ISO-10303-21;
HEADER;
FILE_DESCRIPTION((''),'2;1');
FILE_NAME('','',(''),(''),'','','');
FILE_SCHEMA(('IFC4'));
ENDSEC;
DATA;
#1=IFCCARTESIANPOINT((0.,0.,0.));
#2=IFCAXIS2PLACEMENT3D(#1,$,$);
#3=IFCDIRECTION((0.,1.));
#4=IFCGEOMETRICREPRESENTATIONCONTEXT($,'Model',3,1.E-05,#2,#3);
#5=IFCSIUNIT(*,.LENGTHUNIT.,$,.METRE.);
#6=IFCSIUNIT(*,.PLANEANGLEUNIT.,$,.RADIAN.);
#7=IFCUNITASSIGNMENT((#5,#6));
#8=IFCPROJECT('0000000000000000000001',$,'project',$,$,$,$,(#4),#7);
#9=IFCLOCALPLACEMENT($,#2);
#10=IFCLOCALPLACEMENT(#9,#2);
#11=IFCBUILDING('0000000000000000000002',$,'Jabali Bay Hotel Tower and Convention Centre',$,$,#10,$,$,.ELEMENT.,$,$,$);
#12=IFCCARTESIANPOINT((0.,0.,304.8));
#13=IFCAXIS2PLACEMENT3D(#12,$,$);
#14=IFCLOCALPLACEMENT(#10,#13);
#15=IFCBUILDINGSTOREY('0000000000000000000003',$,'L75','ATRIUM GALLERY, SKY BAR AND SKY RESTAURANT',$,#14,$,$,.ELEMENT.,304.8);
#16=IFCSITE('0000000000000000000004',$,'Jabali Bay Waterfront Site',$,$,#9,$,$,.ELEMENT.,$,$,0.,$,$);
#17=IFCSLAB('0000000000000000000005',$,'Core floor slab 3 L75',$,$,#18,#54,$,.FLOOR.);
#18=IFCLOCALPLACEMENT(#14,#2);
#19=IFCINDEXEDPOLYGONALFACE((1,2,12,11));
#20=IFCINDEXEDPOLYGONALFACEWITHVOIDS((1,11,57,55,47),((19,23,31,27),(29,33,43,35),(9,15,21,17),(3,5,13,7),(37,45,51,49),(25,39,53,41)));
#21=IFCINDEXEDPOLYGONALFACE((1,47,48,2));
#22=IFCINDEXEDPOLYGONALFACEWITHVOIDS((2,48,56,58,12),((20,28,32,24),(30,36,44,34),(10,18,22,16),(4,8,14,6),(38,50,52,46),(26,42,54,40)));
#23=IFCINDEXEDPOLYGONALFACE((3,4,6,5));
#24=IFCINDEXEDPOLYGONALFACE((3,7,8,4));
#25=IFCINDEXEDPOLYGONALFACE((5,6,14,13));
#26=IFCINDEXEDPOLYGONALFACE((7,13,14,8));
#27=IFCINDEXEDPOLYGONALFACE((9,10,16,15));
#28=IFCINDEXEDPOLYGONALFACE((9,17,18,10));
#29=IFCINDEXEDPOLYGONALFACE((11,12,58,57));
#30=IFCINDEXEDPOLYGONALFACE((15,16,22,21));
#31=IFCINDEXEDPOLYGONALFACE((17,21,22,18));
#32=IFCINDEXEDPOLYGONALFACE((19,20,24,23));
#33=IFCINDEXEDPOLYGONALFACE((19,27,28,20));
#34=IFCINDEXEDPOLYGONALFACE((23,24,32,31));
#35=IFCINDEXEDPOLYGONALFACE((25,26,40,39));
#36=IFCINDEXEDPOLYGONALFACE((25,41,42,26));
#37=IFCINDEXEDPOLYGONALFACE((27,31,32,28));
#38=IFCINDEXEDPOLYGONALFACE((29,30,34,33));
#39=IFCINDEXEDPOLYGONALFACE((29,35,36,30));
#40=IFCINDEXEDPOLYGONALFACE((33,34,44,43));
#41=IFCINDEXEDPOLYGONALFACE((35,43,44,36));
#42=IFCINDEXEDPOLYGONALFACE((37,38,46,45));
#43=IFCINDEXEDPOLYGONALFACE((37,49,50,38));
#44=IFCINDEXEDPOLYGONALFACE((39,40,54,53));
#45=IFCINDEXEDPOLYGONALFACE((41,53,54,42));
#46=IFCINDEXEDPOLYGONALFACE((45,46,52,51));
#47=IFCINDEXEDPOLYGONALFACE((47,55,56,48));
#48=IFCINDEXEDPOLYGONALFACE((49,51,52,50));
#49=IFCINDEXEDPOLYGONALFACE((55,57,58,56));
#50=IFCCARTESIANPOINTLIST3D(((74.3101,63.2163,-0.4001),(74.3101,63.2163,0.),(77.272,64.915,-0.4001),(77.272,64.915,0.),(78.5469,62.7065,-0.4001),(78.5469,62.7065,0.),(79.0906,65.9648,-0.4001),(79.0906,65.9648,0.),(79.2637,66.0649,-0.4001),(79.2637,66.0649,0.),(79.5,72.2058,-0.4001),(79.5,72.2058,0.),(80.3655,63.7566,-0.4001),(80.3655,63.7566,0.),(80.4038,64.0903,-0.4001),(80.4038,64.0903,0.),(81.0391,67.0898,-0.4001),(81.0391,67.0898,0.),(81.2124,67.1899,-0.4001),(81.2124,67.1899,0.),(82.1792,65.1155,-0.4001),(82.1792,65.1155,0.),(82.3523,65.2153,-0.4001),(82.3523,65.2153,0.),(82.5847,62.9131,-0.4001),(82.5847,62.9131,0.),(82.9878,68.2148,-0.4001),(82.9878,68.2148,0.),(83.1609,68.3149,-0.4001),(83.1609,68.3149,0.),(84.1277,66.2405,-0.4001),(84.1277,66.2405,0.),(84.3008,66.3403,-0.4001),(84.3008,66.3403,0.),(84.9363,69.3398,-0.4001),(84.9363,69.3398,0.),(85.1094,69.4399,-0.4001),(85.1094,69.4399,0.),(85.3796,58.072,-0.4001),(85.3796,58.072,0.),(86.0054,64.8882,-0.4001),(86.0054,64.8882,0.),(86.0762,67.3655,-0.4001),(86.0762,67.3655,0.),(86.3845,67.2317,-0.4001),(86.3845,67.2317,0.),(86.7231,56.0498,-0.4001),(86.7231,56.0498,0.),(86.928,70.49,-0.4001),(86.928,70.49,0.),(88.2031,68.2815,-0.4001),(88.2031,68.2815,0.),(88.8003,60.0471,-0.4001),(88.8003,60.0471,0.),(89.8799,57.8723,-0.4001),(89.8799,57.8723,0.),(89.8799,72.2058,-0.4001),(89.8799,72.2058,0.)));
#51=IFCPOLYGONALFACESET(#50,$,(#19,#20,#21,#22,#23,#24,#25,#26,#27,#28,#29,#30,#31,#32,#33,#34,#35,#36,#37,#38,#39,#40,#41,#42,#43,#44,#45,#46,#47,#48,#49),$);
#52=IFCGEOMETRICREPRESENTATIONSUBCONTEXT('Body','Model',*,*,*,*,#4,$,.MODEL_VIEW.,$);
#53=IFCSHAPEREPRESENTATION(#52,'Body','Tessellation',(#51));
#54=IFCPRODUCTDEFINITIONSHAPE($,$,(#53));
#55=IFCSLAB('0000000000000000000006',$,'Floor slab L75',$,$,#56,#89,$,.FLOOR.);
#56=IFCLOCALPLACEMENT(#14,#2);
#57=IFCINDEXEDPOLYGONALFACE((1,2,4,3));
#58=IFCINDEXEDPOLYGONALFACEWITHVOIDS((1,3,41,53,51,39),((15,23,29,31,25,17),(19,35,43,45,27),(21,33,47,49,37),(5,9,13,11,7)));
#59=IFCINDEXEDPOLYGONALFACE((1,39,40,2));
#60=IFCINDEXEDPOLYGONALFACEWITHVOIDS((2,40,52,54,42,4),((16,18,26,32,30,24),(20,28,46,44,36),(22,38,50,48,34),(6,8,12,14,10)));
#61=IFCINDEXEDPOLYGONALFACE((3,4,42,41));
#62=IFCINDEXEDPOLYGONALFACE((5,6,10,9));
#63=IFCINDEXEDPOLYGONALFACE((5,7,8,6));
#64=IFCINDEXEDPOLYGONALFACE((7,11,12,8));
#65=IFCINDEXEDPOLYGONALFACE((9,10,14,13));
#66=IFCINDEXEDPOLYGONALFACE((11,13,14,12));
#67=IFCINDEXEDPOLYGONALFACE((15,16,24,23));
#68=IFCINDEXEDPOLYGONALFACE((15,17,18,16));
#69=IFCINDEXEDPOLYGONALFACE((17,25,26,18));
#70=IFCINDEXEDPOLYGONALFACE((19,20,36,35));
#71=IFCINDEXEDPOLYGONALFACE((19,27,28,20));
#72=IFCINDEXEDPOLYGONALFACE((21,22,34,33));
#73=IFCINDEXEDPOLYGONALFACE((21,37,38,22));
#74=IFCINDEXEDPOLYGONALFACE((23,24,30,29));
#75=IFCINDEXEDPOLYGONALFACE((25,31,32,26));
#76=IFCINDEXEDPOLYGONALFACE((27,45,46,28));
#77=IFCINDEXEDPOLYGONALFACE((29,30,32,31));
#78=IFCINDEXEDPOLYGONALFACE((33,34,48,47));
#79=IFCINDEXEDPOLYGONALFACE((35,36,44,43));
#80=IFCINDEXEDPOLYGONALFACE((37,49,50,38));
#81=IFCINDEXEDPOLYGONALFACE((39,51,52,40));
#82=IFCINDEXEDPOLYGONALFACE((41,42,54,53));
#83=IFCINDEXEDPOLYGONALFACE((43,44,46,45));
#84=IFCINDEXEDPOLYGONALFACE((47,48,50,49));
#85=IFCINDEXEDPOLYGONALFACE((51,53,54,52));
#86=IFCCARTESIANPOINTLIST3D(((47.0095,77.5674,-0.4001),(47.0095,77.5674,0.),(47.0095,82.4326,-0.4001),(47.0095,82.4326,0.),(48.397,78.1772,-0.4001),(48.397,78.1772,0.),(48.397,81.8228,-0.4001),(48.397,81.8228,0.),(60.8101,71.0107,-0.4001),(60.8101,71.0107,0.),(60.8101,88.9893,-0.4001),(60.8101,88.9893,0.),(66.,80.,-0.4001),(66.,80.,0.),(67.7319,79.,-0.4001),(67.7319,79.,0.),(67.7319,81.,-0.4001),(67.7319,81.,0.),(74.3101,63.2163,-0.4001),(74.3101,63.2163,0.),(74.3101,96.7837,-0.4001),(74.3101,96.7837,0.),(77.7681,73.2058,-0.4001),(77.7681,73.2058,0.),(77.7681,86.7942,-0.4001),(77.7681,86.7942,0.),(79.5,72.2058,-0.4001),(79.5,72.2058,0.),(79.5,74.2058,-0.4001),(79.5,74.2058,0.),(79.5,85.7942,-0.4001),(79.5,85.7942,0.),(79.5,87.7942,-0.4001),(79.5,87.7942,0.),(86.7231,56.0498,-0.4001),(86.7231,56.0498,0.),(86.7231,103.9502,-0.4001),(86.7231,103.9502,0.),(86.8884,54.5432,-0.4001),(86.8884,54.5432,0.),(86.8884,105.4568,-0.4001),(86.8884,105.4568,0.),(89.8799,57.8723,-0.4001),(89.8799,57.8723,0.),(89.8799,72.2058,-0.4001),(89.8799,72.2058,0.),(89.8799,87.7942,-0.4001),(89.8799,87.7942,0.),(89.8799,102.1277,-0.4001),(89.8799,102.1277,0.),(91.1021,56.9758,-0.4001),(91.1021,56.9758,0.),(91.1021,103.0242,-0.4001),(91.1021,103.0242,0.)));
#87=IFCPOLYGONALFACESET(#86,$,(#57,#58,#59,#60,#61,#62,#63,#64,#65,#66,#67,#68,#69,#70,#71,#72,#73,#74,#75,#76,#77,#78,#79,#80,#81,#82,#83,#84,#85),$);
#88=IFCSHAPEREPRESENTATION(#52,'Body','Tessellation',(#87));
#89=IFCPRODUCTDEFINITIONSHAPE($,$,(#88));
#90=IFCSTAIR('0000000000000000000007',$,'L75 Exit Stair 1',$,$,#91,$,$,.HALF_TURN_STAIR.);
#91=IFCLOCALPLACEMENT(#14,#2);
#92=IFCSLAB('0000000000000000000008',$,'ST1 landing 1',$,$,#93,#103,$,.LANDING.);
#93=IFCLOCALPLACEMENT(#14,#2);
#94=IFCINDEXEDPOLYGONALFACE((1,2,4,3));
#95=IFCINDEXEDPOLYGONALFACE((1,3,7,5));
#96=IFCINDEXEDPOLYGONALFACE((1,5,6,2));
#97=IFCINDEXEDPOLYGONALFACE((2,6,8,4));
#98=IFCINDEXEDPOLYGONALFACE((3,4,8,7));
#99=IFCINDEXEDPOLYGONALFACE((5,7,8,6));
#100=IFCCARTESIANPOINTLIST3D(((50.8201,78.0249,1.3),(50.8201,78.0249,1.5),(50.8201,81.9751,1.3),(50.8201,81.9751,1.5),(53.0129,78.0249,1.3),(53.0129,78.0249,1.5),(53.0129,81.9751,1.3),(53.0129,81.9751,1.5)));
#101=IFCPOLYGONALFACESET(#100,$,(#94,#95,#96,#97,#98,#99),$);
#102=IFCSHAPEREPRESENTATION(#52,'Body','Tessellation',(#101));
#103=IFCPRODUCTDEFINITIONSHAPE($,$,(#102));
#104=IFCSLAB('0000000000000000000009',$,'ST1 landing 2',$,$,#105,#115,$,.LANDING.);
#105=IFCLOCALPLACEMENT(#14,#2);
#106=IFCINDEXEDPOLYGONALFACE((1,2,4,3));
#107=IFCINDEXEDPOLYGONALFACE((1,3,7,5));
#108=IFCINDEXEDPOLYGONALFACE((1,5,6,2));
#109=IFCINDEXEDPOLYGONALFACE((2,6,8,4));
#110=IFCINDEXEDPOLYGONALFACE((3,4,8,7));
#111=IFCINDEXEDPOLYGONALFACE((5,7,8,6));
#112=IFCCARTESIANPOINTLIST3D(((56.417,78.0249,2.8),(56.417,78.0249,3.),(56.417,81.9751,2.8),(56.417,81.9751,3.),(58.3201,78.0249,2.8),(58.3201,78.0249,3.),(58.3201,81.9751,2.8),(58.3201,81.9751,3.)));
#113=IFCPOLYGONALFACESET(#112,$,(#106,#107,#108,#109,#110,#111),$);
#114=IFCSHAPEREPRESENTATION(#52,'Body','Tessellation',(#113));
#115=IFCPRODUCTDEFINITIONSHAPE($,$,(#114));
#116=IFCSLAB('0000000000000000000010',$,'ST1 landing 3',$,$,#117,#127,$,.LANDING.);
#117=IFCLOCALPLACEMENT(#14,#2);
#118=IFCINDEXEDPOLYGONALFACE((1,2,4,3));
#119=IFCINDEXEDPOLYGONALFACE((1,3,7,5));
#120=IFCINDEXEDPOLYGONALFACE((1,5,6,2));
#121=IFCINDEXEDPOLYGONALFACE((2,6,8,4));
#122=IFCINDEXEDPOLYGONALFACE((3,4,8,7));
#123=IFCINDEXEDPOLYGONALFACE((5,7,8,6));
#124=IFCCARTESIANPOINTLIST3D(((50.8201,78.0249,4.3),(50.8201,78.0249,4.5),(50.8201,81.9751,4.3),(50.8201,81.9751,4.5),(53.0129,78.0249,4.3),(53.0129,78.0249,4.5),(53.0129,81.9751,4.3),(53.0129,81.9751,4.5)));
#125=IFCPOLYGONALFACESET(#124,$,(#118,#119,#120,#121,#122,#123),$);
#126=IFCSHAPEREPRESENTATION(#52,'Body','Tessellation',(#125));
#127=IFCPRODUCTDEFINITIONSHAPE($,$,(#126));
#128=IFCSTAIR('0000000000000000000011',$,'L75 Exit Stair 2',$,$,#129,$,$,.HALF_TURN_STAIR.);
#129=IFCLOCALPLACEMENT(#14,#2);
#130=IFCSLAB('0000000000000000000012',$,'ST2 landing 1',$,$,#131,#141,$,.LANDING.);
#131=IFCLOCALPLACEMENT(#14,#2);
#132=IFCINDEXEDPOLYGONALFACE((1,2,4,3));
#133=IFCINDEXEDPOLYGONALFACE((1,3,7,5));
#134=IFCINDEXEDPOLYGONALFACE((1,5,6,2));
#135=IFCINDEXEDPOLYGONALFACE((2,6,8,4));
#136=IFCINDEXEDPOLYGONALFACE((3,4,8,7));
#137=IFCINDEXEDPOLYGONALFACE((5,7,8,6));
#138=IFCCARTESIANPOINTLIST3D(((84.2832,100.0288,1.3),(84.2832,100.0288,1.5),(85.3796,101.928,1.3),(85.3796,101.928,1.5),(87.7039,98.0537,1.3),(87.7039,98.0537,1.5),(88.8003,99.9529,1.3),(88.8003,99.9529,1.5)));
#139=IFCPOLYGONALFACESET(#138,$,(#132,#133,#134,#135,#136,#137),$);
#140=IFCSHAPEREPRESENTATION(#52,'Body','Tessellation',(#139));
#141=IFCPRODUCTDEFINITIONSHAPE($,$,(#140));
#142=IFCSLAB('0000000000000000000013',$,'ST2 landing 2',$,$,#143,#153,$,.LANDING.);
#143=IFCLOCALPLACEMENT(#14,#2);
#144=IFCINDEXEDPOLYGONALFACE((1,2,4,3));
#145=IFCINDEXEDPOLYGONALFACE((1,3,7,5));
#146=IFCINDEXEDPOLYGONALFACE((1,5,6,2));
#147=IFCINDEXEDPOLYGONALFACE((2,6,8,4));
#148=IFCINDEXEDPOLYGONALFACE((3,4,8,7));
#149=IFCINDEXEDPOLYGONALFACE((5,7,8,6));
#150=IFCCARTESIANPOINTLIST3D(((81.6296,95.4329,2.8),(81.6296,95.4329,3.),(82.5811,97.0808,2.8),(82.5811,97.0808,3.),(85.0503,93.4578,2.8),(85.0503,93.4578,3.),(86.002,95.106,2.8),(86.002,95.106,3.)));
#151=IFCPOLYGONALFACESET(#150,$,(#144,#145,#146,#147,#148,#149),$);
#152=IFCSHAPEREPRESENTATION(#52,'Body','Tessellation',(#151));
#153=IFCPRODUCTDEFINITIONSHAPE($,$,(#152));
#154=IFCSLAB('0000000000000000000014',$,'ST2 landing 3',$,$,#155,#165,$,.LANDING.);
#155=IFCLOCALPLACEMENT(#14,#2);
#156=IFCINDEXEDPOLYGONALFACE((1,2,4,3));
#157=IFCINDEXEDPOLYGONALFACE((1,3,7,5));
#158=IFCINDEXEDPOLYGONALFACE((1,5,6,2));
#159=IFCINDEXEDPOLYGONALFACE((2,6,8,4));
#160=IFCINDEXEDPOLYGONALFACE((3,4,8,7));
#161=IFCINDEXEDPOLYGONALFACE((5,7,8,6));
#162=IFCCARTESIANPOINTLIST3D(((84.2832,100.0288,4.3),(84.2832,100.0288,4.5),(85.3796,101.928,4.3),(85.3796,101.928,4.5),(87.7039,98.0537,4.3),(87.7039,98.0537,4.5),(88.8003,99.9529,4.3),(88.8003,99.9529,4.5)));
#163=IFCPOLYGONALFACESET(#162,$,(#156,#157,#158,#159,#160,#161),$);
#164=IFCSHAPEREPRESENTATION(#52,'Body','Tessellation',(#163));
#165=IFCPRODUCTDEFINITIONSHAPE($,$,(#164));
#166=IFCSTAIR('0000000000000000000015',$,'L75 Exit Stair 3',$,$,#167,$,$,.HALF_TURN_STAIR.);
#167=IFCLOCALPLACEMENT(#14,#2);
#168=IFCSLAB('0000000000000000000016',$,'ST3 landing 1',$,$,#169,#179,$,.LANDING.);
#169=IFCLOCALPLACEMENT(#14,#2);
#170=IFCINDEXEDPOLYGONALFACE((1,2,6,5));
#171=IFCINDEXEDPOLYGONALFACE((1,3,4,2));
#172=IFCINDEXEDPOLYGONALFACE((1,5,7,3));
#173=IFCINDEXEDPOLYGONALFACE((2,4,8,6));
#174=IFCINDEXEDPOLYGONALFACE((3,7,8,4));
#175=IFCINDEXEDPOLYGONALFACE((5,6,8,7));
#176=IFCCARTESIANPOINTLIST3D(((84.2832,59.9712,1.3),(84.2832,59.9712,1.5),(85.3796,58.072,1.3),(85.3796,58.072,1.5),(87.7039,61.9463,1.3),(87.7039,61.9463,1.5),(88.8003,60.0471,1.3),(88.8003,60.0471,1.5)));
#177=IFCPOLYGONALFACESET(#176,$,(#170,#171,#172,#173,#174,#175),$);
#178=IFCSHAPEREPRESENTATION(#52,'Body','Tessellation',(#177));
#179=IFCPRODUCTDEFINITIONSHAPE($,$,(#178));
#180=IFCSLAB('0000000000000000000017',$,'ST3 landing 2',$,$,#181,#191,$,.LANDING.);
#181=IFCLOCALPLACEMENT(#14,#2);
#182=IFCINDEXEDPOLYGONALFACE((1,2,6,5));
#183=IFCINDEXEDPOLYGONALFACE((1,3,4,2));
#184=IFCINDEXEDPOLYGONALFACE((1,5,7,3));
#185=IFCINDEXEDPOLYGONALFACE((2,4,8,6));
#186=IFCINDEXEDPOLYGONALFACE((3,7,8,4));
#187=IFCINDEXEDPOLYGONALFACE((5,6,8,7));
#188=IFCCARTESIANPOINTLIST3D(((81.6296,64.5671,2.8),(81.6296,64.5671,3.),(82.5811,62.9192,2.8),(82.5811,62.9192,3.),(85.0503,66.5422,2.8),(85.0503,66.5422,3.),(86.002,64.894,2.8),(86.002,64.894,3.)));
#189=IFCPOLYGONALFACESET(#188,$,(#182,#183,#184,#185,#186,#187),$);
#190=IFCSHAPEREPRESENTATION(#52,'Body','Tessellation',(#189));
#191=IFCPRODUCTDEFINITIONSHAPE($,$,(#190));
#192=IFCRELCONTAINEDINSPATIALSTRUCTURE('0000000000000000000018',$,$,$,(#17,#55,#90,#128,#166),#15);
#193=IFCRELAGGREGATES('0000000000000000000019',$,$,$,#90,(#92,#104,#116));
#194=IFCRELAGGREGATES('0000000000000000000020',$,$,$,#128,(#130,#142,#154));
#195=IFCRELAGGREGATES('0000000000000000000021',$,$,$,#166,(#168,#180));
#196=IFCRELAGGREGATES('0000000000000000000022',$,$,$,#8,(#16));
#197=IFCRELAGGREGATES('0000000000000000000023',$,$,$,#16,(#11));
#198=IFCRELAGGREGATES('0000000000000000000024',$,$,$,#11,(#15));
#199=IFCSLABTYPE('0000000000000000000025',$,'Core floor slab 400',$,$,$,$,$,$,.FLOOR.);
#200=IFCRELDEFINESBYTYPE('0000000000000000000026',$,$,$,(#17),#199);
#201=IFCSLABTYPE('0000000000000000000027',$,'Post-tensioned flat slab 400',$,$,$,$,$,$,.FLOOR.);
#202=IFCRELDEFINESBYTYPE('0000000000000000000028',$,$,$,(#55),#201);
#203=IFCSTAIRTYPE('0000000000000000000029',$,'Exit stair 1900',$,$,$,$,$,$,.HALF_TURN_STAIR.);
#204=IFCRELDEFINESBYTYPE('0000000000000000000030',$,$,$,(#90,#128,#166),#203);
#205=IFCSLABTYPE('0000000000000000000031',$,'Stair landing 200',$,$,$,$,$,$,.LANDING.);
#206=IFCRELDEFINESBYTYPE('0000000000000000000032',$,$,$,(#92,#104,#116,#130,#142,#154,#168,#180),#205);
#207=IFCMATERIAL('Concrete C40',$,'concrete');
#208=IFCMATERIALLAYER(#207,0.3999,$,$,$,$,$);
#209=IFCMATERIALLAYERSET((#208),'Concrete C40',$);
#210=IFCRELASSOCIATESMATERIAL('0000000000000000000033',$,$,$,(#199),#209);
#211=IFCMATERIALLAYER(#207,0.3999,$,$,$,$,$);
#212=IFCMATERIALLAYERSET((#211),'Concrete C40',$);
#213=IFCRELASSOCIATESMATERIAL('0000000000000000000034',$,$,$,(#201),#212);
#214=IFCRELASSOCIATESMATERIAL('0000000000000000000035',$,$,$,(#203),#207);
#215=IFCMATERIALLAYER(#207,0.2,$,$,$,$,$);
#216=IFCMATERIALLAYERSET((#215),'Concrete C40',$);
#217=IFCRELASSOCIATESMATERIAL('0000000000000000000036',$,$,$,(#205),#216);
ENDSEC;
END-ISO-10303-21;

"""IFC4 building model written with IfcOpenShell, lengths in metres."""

from ifc_helpers import new_model, si_unit, direction, frame, origin, place, context, subcontext, project, spatial, polyline, outline, extrude, material, layer, layer_set, type_object, element, aggregate, save


model = new_model("IFC4")

# Units and contexts
model_context = context("Model", 3, precision=1e-05, world=origin(), true_north=direction((0.0, 1.0)))
body_context = subcontext(model_context, "Body", "Model", "MODEL_VIEW")
ifc_project = project(units=[si_unit("LENGTHUNIT", "METRE"), si_unit("PLANEANGLEUNIT", "RADIAN")], contexts=[model_context])

# Site, building, storey
site_placement = place(None, origin())
site = spatial("IfcSite", under=ifc_project, at=site_placement, Name="Jabali Bay Waterfront Site", CompositionType="ELEMENT", RefElevation=0.0)
building_placement = place(site_placement, origin())
building = spatial("IfcBuilding", under=site, at=building_placement, Name="Jabali Bay Hotel Tower and Convention Centre", CompositionType="ELEMENT")
storey_placement = place(building_placement, frame((0.0, 0.0, 304.8)))
storey = spatial("IfcBuildingStorey", under=building, at=storey_placement, Name="L75", Description="ATRIUM GALLERY, SKY BAR AND SKY RESTAURANT", CompositionType="ELEMENT", Elevation=304.8)

# Slabs
ifc_material_1 = material(Name="Concrete C40", Category="concrete")
ifc_layer_1 = layer(ifc_material_1, 0.3999)
ifc_layer_set_1 = layer_set([ifc_layer_1], Name="Concrete C40")
slab_type_1 = type_object("IfcSlabType", Name="Core floor slab 400", PredefinedType="FLOOR", material=ifc_layer_set_1)
slab_1_placement = place(storey_placement, frame((0.0, 0.0, -0.4001)))
element("IfcSlab", 1, at=slab_1_placement, inside=storey, type_object=slab_type_1, Name="Core floor slab 3 L75", PredefinedType="FLOOR", context=body_context, shape_type="SweptSolid", body=[
    extrude(outline(polyline([(79.5, 72.2058), (74.3101, 63.2163), (86.7231, 56.0498), (89.8799, 57.8723), (89.8799, 72.2058), (79.5, 72.2058)]), holes=[polyline([(82.5847, 62.9131), (85.3796, 58.072), (88.8003, 60.0471), (86.0054, 64.8882), (82.5847, 62.9131)]), polyline([(80.3655, 63.7566), (79.0906, 65.9648), (77.272, 64.915), (78.5469, 62.7065), (80.3655, 63.7566)]), polyline([(82.1792, 65.1155), (81.0391, 67.0898), (79.2637, 66.0649), (80.4038, 64.0903), (82.1792, 65.1155)]), polyline([(82.9878, 68.2148), (81.2124, 67.1899), (82.3523, 65.2153), (84.1277, 66.2405), (82.9878, 68.2148)]), polyline([(86.0762, 67.3655), (84.9363, 69.3398), (83.1609, 68.3149), (84.3008, 66.3403), (86.0762, 67.3655)]), polyline([(88.2031, 68.2815), (86.928, 70.49), (85.1094, 69.4399), (86.3845, 67.2317), (88.2031, 68.2815)])]), origin(), (0.0, 0.0, 1.0), 0.4001),
])
ifc_layer_2 = layer(ifc_material_1, 0.3999)
ifc_layer_set_2 = layer_set([ifc_layer_2], Name="Concrete C40")
slab_type_2 = type_object("IfcSlabType", Name="Post-tensioned flat slab 400", PredefinedType="FLOOR", material=ifc_layer_set_2)
slab_2_placement = place(storey_placement, frame((0.0, 0.0, -0.4001)))
element("IfcSlab", 2, at=slab_2_placement, inside=storey, type_object=slab_type_2, Name="Floor slab L75", PredefinedType="FLOOR", context=body_context, shape_type="SweptSolid", body=[
    extrude(outline(polyline([(86.8884, 105.4568), (91.1021, 103.0242), (91.1021, 56.9758), (86.8884, 54.5432), (47.0095, 77.5674), (47.0095, 82.4326), (86.8884, 105.4568)]), holes=[polyline([(67.7319, 79.0), (77.7681, 73.2058), (79.5, 74.2058), (79.5, 85.7942), (77.7681, 86.7942), (67.7319, 81.0), (67.7319, 79.0)]), polyline([(48.397, 78.1772), (60.8101, 71.0107), (66.0, 80.0), (60.8101, 88.9893), (48.397, 81.8228), (48.397, 78.1772)]), polyline([(89.8799, 102.1277), (86.7231, 103.9502), (74.3101, 96.7837), (79.5, 87.7942), (89.8799, 87.7942), (89.8799, 102.1277)]), polyline([(74.3101, 63.2163), (86.7231, 56.0498), (89.8799, 57.8723), (89.8799, 72.2058), (79.5, 72.2058), (74.3101, 63.2163)])]), origin(), (0.0, 0.0, 1.0), 0.4001),
])

# Stairs, slabs
stair_type = type_object("IfcStairType", Name="Exit stair 1900", PredefinedType="HALF_TURN_STAIR", material=ifc_material_1)
stair_1_placement = place(storey_placement, origin())
stair_1 = element("IfcStair", 3, at=stair_1_placement, inside=storey, type_object=stair_type, Name="L75 Exit Stair 1", PredefinedType="HALF_TURN_STAIR")
ifc_layer_3 = layer(ifc_material_1, 0.2)
ifc_layer_set_3 = layer_set([ifc_layer_3], Name="Concrete C40")
slab_type_3 = type_object("IfcSlabType", Name="Stair landing 200", PredefinedType="LANDING", material=ifc_layer_set_3)
slab_3_placement = place(storey_placement, frame((0.0, 0.0, 1.3)))
slab_3 = element("IfcSlab", 4, at=slab_3_placement, type_object=slab_type_3, Name="ST1 landing 1", PredefinedType="LANDING", context=body_context, shape_type="SweptSolid", body=[
    extrude(outline(polyline([(53.0129, 81.9751), (50.8201, 81.9751), (50.8201, 78.0249), (53.0129, 78.0249), (53.0129, 81.9751)])), origin(), (0.0, 0.0, 1.0), 0.2),
])
slab_4_placement = place(storey_placement, frame((0.0, 0.0, 2.8)))
slab_4 = element("IfcSlab", 5, at=slab_4_placement, type_object=slab_type_3, Name="ST1 landing 2", PredefinedType="LANDING", context=body_context, shape_type="SweptSolid", body=[
    extrude(outline(polyline([(58.3201, 81.9751), (56.417, 81.9751), (56.417, 78.0249), (58.3201, 78.0249), (58.3201, 81.9751)])), origin(), (0.0, 0.0, 1.0), 0.2),
])
slab_5_placement = place(storey_placement, frame((0.0, 0.0, 4.3)))
slab_5 = element("IfcSlab", 6, at=slab_5_placement, type_object=slab_type_3, Name="ST1 landing 3", PredefinedType="LANDING", context=body_context, shape_type="SweptSolid", body=[
    extrude(outline(polyline([(53.0129, 81.9751), (50.8201, 81.9751), (50.8201, 78.0249), (53.0129, 78.0249), (53.0129, 81.9751)])), origin(), (0.0, 0.0, 1.0), 0.2),
])
aggregate(stair_1, [slab_3, slab_4, slab_5])
stair_2_placement = place(storey_placement, origin())
stair_2 = element("IfcStair", 7, at=stair_2_placement, inside=storey, type_object=stair_type, Name="L75 Exit Stair 2", PredefinedType="HALF_TURN_STAIR")
slab_6_placement = place(storey_placement, frame((0.0, 0.0, 1.3)))
slab_6 = element("IfcSlab", 8, at=slab_6_placement, type_object=slab_type_3, Name="ST2 landing 1", PredefinedType="LANDING", context=body_context, shape_type="SweptSolid", body=[
    extrude(outline(polyline([(87.7039, 98.0537), (88.8003, 99.9529), (85.3796, 101.928), (84.2832, 100.0288), (87.7039, 98.0537)])), origin(), (0.0, 0.0, 1.0), 0.2),
])
slab_7_placement = place(storey_placement, frame((0.0, 0.0, 2.8)))
slab_7 = element("IfcSlab", 9, at=slab_7_placement, type_object=slab_type_3, Name="ST2 landing 2", PredefinedType="LANDING", context=body_context, shape_type="SweptSolid", body=[
    extrude(outline(polyline([(85.0503, 93.4578), (86.002, 95.106), (82.5811, 97.0808), (81.6296, 95.4329), (85.0503, 93.4578)])), origin(), (0.0, 0.0, 1.0), 0.2),
])
slab_8_placement = place(storey_placement, frame((0.0, 0.0, 4.3)))
slab_8 = element("IfcSlab", 10, at=slab_8_placement, type_object=slab_type_3, Name="ST2 landing 3", PredefinedType="LANDING", context=body_context, shape_type="SweptSolid", body=[
    extrude(outline(polyline([(87.7039, 98.0537), (88.8003, 99.9529), (85.3796, 101.928), (84.2832, 100.0288), (87.7039, 98.0537)])), origin(), (0.0, 0.0, 1.0), 0.2),
])
aggregate(stair_2, [slab_6, slab_7, slab_8])
stair_3_placement = place(storey_placement, origin())
stair_3 = element("IfcStair", 11, at=stair_3_placement, inside=storey, type_object=stair_type, Name="L75 Exit Stair 3", PredefinedType="HALF_TURN_STAIR")
slab_9_placement = place(storey_placement, frame((0.0, 0.0, 1.3)))
slab_9 = element("IfcSlab", 12, at=slab_9_placement, type_object=slab_type_3, Name="ST3 landing 1", PredefinedType="LANDING", context=body_context, shape_type="SweptSolid", body=[
    extrude(outline(polyline([(84.2832, 59.9712), (85.3796, 58.072), (88.8003, 60.0471), (87.7039, 61.9463), (84.2832, 59.9712)])), origin(), (0.0, 0.0, 1.0), 0.2),
])
slab_10_placement = place(storey_placement, frame((0.0, 0.0, 2.8)))
slab_10 = element("IfcSlab", 13, at=slab_10_placement, type_object=slab_type_3, Name="ST3 landing 2", PredefinedType="LANDING", context=body_context, shape_type="SweptSolid", body=[
    extrude(outline(polyline([(81.6296, 64.5671), (82.5811, 62.9192), (86.002, 64.894), (85.0503, 66.5422), (81.6296, 64.5671)])), origin(), (0.0, 0.0, 1.0), 0.2),
])
aggregate(stair_3, [slab_9, slab_10])

save(model, "model.ifc")
